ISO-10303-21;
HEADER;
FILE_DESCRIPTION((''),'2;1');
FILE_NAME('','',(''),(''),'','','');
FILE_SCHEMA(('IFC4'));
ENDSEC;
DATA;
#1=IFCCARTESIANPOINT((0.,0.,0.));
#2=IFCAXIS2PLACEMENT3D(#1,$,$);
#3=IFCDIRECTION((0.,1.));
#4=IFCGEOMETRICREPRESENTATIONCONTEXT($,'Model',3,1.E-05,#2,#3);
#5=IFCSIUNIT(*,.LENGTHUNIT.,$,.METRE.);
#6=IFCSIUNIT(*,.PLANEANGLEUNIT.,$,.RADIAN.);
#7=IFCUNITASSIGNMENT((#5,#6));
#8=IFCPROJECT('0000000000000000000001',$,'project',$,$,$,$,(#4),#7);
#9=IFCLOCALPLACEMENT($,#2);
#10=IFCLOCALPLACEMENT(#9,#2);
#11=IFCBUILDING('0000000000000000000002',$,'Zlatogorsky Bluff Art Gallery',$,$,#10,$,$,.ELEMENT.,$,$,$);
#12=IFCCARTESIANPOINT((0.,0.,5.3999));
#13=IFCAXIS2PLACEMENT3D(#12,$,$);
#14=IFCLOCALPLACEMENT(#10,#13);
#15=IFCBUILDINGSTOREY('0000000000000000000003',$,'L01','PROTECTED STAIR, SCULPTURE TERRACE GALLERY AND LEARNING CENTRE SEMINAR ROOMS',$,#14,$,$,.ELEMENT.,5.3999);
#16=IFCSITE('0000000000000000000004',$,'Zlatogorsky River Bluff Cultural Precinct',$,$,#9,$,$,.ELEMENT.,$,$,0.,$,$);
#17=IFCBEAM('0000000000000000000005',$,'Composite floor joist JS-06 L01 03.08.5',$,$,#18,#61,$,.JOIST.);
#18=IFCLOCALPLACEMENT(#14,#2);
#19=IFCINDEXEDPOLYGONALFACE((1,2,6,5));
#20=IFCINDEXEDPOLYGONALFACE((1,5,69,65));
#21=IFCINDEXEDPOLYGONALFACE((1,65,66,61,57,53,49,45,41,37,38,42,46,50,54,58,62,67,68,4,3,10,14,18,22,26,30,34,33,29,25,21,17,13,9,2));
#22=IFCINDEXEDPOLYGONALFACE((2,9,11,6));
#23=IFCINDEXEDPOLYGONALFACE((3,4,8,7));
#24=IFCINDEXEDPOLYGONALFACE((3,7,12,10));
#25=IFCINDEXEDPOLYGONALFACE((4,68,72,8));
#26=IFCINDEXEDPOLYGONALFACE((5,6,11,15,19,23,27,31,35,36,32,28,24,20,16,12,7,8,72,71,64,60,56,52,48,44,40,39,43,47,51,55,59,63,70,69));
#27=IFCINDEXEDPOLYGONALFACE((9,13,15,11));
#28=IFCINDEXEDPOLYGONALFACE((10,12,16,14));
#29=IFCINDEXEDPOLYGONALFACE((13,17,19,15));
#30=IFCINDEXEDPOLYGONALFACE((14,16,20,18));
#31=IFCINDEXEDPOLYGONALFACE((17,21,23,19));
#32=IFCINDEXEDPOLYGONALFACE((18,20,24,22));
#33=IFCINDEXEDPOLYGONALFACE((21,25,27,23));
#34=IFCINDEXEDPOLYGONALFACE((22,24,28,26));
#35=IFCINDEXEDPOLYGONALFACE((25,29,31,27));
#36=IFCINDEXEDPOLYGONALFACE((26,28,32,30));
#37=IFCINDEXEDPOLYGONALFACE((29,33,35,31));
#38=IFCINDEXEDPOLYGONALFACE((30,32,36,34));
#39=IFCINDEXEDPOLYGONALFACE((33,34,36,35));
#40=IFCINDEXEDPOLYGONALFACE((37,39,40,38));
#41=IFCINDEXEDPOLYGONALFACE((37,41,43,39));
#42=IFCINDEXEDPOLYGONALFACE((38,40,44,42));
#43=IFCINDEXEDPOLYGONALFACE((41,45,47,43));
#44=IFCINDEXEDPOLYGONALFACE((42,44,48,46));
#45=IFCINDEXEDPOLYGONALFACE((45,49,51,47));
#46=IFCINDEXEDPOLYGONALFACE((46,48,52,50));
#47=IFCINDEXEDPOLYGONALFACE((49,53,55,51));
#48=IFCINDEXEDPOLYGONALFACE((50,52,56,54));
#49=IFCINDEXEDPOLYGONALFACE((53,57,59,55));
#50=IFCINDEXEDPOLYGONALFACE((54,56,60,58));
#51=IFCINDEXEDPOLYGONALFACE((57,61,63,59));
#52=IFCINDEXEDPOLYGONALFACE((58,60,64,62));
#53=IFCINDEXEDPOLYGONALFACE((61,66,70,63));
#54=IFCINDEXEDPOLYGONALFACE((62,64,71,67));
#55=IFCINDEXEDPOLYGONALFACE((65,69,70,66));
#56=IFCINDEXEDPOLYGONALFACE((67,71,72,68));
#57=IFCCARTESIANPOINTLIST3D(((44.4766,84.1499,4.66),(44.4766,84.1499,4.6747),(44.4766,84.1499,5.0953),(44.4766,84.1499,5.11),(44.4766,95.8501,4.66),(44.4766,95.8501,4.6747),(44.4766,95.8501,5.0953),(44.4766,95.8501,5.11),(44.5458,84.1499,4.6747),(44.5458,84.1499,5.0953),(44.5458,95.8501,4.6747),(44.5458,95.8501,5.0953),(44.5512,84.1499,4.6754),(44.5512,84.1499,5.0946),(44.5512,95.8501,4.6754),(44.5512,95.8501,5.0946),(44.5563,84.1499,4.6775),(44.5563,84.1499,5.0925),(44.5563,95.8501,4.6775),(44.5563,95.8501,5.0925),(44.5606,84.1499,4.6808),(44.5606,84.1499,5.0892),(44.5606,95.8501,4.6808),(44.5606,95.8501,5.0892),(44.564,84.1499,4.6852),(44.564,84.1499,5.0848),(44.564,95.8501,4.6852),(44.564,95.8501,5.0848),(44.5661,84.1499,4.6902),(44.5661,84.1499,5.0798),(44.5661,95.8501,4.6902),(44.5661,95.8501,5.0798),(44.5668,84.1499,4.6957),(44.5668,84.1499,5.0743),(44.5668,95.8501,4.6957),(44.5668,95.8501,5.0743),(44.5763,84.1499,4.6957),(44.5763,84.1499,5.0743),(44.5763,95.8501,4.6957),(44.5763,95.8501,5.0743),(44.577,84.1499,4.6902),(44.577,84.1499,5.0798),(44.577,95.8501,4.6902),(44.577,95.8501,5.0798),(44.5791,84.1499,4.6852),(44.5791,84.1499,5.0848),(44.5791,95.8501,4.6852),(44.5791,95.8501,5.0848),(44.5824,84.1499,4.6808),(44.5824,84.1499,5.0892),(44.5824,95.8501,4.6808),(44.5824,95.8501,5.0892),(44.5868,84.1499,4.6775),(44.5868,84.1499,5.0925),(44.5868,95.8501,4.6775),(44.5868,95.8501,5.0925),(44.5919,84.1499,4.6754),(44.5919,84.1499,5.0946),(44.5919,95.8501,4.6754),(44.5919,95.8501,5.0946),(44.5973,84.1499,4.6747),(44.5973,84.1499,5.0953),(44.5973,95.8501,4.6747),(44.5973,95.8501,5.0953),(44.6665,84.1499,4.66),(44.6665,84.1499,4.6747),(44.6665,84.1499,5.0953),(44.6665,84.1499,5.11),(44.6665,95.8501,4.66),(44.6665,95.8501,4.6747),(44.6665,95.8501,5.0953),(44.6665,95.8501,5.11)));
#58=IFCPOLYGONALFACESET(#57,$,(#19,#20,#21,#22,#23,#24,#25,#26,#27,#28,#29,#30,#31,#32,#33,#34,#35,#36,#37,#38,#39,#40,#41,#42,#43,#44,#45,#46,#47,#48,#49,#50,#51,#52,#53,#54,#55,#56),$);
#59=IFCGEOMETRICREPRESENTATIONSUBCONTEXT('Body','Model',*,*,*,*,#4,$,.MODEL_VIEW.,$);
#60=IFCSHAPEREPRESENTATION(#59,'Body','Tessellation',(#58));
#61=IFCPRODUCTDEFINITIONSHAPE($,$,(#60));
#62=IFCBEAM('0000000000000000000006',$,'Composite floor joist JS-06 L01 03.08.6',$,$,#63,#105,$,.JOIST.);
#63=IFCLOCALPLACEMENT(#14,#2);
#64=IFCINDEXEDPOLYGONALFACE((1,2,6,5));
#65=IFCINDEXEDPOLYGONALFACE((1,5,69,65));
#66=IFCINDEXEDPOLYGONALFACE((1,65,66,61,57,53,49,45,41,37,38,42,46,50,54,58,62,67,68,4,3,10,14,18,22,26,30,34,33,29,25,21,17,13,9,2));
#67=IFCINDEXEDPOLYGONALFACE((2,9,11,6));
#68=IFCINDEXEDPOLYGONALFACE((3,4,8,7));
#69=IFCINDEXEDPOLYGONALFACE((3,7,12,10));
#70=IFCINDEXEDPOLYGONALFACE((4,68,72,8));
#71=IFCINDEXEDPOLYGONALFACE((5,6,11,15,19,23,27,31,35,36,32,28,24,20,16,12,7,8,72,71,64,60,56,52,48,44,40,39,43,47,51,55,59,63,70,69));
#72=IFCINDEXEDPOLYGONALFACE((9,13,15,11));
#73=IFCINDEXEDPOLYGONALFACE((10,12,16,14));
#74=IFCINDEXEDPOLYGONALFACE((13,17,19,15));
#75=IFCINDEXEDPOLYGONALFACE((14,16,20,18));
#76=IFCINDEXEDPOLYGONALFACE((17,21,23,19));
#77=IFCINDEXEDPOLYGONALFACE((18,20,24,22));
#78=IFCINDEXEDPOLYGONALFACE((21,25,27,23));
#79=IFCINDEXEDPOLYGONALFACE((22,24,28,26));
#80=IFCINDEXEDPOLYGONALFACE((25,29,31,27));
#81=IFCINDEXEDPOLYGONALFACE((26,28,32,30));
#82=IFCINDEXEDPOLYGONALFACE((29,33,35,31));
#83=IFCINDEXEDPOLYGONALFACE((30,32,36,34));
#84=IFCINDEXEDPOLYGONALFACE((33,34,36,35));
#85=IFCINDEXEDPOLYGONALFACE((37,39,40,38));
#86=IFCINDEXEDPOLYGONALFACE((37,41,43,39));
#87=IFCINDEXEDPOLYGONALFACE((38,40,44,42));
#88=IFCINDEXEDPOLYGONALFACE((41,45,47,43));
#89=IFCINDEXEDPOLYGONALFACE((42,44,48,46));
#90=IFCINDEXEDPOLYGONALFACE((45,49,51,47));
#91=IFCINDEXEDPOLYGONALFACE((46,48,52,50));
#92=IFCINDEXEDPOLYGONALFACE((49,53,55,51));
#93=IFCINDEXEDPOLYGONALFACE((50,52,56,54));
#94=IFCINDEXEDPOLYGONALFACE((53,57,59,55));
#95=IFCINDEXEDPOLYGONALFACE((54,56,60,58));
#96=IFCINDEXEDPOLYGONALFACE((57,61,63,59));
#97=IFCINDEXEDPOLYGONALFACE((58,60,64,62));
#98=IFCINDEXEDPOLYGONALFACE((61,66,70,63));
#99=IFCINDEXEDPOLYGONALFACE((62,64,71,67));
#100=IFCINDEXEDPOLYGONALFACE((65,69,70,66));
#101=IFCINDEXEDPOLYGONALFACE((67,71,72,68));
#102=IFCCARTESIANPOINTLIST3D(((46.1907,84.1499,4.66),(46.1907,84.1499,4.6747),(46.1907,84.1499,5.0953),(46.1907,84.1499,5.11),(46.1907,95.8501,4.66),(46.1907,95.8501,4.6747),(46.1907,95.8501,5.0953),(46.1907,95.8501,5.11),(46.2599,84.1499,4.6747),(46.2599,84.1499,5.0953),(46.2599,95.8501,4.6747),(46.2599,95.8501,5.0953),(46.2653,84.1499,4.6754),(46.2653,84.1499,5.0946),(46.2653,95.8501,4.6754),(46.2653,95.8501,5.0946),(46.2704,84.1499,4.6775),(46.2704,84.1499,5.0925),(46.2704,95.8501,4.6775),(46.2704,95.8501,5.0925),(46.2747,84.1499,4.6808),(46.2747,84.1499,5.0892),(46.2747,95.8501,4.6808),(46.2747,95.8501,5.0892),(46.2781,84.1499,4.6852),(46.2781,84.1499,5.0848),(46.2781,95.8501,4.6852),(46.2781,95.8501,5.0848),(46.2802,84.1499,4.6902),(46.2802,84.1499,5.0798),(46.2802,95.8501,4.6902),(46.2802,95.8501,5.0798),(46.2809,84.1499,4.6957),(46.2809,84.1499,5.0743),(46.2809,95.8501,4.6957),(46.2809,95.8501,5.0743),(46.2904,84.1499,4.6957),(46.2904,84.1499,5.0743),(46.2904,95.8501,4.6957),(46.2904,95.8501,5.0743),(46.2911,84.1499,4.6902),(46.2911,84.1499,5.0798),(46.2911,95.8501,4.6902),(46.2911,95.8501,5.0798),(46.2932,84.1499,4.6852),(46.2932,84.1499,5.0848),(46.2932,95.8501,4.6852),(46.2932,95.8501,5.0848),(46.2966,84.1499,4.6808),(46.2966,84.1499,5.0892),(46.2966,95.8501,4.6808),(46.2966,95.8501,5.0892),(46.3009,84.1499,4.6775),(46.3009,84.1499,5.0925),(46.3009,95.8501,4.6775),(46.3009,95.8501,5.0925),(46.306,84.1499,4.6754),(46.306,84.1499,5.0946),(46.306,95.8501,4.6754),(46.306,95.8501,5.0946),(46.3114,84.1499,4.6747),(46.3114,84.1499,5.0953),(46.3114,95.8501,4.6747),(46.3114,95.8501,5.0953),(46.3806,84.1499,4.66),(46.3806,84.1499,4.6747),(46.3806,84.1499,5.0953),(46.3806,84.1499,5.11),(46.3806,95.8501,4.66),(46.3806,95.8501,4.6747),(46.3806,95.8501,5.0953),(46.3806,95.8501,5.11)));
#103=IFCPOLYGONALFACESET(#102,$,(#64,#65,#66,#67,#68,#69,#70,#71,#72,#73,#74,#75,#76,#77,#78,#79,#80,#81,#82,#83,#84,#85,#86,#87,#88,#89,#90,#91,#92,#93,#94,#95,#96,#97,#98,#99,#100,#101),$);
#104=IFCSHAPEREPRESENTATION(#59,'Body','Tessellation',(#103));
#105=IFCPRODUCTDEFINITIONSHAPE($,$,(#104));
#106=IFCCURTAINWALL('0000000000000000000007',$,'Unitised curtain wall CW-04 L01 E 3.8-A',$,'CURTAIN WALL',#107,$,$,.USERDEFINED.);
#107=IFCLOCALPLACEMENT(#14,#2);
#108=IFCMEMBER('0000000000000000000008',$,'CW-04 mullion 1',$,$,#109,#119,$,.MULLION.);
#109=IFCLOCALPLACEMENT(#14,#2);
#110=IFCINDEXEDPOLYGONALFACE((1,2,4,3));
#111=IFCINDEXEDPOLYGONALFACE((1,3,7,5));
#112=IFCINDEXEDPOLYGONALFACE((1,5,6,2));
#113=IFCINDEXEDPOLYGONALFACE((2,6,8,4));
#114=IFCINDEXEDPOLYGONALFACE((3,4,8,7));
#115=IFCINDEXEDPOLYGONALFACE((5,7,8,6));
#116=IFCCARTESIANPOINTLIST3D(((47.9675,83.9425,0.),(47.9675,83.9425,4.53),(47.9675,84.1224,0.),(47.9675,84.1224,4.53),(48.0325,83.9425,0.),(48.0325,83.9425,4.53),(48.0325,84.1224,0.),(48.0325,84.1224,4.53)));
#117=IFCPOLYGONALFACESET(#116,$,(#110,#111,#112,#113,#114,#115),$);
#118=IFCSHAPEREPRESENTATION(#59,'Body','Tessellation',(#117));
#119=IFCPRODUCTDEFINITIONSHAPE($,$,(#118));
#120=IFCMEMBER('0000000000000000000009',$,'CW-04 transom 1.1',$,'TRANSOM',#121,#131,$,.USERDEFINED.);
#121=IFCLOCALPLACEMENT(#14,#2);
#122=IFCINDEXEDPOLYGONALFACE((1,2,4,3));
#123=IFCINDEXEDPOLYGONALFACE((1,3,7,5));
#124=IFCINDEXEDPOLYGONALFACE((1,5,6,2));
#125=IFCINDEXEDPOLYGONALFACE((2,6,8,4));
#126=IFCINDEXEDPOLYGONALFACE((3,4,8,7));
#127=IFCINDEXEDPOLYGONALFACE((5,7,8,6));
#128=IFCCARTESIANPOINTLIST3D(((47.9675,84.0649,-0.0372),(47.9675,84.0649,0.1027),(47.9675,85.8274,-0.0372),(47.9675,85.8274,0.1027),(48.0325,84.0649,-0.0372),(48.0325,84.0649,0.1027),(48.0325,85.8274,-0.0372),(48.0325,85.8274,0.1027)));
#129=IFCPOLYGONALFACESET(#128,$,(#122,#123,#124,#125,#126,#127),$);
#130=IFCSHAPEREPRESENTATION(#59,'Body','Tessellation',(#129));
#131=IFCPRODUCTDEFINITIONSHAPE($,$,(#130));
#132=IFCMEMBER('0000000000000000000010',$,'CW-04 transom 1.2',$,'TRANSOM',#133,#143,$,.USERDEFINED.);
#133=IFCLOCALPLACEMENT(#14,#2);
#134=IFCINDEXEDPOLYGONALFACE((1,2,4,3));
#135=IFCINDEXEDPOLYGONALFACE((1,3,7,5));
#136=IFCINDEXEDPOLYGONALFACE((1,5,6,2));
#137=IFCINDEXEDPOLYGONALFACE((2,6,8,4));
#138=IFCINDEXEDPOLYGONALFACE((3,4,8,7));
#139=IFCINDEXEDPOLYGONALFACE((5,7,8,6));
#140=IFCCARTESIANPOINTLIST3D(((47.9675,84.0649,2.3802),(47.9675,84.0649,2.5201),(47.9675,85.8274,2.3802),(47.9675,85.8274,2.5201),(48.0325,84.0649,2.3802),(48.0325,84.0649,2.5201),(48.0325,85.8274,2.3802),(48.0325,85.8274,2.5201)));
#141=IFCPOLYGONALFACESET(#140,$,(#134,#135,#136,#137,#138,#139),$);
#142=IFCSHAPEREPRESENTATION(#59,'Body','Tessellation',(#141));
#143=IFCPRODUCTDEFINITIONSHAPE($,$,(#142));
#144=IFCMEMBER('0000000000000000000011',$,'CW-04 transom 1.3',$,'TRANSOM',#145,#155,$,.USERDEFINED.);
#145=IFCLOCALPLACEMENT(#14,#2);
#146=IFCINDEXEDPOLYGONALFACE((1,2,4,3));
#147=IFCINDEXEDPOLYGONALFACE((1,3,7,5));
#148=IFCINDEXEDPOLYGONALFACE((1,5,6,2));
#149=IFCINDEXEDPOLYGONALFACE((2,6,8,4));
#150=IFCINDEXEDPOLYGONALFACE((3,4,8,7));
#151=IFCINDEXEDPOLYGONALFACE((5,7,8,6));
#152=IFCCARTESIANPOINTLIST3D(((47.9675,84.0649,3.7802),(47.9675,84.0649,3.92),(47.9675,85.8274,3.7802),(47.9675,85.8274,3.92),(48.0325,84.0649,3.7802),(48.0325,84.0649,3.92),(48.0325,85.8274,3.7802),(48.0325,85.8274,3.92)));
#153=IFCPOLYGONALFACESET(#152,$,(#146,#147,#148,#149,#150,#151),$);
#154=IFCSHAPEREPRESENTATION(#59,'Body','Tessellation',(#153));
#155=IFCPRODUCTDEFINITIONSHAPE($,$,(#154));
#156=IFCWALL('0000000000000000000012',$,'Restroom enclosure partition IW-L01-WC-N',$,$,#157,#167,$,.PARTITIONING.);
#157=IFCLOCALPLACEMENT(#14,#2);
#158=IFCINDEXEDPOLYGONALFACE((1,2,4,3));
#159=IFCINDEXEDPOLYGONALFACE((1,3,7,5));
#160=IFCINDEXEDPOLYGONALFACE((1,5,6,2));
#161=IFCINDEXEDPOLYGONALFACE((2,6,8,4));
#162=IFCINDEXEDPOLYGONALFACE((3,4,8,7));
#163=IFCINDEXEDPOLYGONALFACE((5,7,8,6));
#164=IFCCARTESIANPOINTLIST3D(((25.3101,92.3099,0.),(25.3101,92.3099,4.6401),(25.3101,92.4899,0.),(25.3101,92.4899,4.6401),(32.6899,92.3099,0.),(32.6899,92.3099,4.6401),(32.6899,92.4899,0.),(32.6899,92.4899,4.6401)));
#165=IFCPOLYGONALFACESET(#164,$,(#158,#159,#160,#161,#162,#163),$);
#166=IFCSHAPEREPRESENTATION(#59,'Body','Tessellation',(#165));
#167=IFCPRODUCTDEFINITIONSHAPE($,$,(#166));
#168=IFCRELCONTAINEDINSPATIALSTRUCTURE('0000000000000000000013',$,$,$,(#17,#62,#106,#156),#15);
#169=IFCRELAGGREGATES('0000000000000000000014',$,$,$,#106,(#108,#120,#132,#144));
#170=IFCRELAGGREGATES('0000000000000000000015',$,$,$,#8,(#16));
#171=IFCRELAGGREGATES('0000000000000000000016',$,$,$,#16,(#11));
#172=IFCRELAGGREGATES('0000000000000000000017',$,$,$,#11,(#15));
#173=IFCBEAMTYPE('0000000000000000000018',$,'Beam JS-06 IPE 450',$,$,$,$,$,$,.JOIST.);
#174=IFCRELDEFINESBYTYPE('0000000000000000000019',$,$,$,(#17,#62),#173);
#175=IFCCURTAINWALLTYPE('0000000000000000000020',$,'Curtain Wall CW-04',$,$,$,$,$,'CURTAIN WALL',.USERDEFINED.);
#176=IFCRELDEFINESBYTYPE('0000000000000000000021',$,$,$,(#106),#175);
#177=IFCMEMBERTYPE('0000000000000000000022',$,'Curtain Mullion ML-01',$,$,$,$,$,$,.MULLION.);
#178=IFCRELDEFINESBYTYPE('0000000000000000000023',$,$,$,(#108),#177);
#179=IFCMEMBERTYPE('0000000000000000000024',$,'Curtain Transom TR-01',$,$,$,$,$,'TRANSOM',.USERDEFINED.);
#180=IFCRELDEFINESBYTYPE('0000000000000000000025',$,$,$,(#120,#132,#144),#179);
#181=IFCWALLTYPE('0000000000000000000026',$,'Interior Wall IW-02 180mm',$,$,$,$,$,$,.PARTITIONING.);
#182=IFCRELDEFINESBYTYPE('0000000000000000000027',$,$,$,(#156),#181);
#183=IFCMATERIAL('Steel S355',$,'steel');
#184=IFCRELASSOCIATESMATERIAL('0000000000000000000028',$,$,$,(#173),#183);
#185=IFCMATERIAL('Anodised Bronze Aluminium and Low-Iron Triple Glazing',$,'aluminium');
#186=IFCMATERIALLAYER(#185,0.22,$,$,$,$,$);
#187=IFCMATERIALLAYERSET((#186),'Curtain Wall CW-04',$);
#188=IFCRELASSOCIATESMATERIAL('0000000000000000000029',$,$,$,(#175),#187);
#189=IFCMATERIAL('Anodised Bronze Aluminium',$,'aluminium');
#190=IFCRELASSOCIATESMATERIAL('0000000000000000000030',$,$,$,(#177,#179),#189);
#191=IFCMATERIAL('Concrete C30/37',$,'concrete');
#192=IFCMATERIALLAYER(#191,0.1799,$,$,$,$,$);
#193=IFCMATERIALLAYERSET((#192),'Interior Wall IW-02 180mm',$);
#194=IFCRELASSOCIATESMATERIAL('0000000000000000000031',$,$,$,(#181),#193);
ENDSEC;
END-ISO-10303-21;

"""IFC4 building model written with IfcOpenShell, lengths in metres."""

from ifc_helpers import new_model, si_unit, direction, frame, frame_2d, origin, origin_2d, place, context, subcontext, project, spatial, rectangle, i_section, extrude, material, layer, layer_set, material_profile, profile_set, type_object, element, aggregate, save


model = new_model("IFC4")

# Units and contexts
model_context = context("Model", 3, precision=1e-05, world=origin(), true_north=direction((0.0, 1.0)))
body_context = subcontext(model_context, "Body", "Model", "MODEL_VIEW")
ifc_project = project(units=[si_unit("LENGTHUNIT", "METRE"), si_unit("PLANEANGLEUNIT", "RADIAN")], contexts=[model_context])

# Site, building, storey
site_placement = place(None, origin())
site = spatial("IfcSite", under=ifc_project, at=site_placement, Name="Zlatogorsky River Bluff Cultural Precinct", CompositionType="ELEMENT", RefElevation=0.0)
building_placement = place(site_placement, origin())
building = spatial("IfcBuilding", under=site, at=building_placement, Name="Zlatogorsky Bluff Art Gallery", CompositionType="ELEMENT")
storey_placement = place(building_placement, frame((0.0, 0.0, 5.3999)))
storey = spatial("IfcBuildingStorey", under=building, at=storey_placement, Name="L01", Description="PROTECTED STAIR, SCULPTURE TERRACE GALLERY AND LEARNING CENTRE SEMINAR ROOMS", CompositionType="ELEMENT", Elevation=5.3999)

# Beams
ifc_material_1 = material(Name="Steel S355", Category="steel")
ifc_material_profile_1 = material_profile(ifc_material_1, i_section(OverallWidth=0.1899, OverallDepth=0.45, WebThickness=0.0095, FlangeThickness=0.0146, FilletRadius=0.021, at=origin_2d()), Name="IPE 450")
ifc_profile_set_1 = profile_set([ifc_material_profile_1], Name="Steel S355")
beam_type_1 = type_object("IfcBeamType", Name="Beam JS-06 IPE 450", PredefinedType="JOIST", material=ifc_profile_set_1)
for number, where, z_axis, x_axis, name in (
    (1, (44.5715, 84.1499, 4.885), (0.0, 1.0, 0.0), (-1.0, 0.0, 0.0), "Composite floor joist JS-06 L01 03.08.5"),
    (2, (46.2856, 84.1499, 4.885), (0.0, 1.0, 0.0), (-1.0, 0.0, 0.0), "Composite floor joist JS-06 L01 03.08.6"),
):
    element("IfcBeam", number, at=place(storey_placement, frame(where, z_axis=z_axis, x_axis=x_axis)), inside=storey, type_object=beam_type_1, Name=name, PredefinedType="JOIST", context=body_context, shape_type="SweptSolid", body=[
        extrude(i_section(OverallWidth=0.1899, OverallDepth=0.45, WebThickness=0.0095, FlangeThickness=0.0146, FilletRadius=0.021, at=origin_2d()), origin(), (0.0, 0.0, 1.0), 11.7002),
    ])

# Curtain wall, members
ifc_material_2 = material(Name="Anodised Bronze Aluminium and Low-Iron Triple Glazing", Category="aluminium")
ifc_layer_1 = layer(ifc_material_2, 0.22)
ifc_layer_set_1 = layer_set([ifc_layer_1], Name="Curtain Wall CW-04")
curtain_wall_type = type_object("IfcCurtainWallType", Name="Curtain Wall CW-04", ElementType="CURTAIN WALL", PredefinedType="USERDEFINED", material=ifc_layer_set_1)
curtain_wall_placement = place(storey_placement, origin())
curtain_wall = element("IfcCurtainWall", 3, at=curtain_wall_placement, inside=storey, type_object=curtain_wall_type, Name="Unitised curtain wall CW-04 L01 E 3.8-A", ObjectType="CURTAIN WALL", PredefinedType="USERDEFINED")
ifc_material_3 = material(Name="Anodised Bronze Aluminium", Category="aluminium")
ifc_material_profile_2 = material_profile(ifc_material_3, rectangle(XDim=0.0649, YDim=0.1799, at=origin_2d()), Name="ALU MULLION 65x180")
ifc_profile_set_2 = profile_set([ifc_material_profile_2], Name="Anodised Bronze Aluminium")
member_type_1 = type_object("IfcMemberType", Name="Curtain Mullion ML-01", PredefinedType="MULLION", material=ifc_profile_set_2)
member_1_placement = place(storey_placement, frame((48.0, 84.0325, 0.0), z_axis=(0.0, 0.0, 1.0), x_axis=(-1.0, 0.0, 0.0)))
member_1 = element("IfcMember", 4, at=member_1_placement, type_object=member_type_1, Name="CW-04 mullion 1", PredefinedType="MULLION", context=body_context, shape_type="SweptSolid", body=[
    extrude(rectangle(XDim=0.0649, YDim=0.1799, at=origin_2d()), origin(), (0.0, 0.0, 1.0), 4.53),
])
ifc_material_profile_3 = material_profile(ifc_material_3, rectangle(XDim=0.0649, YDim=0.1399, at=origin_2d()), Name="ALU TRANSOM 65x140")
ifc_profile_set_3 = profile_set([ifc_material_profile_3], Name="Anodised Bronze Aluminium")
member_type_2 = type_object("IfcMemberType", Name="Curtain Transom TR-01", ElementType="TRANSOM", PredefinedType="USERDEFINED", material=ifc_profile_set_3)
member_2_placement = place(storey_placement, frame((48.0, 84.0649, 0.0327), z_axis=(0.0, 1.0, 0.0), x_axis=(-1.0, 0.0, 0.0)))
member_2 = element("IfcMember", 5, at=member_2_placement, type_object=member_type_2, Name="CW-04 transom 1.1", ObjectType="TRANSOM", PredefinedType="USERDEFINED", context=body_context, shape_type="SweptSolid", body=[
    extrude(rectangle(XDim=0.0649, YDim=0.1399, at=origin_2d()), origin(), (0.0, 0.0, 1.0), 1.7625),
])
member_3_placement = place(storey_placement, frame((48.0, 84.0649, 2.4502), z_axis=(0.0, 1.0, 0.0), x_axis=(-1.0, 0.0, 0.0)))
member_3 = element("IfcMember", 6, at=member_3_placement, type_object=member_type_2, Name="CW-04 transom 1.2", ObjectType="TRANSOM", PredefinedType="USERDEFINED", context=body_context, shape_type="SweptSolid", body=[
    extrude(rectangle(XDim=0.0649, YDim=0.1399, at=origin_2d()), origin(), (0.0, 0.0, 1.0), 1.7625),
])
member_4_placement = place(storey_placement, frame((48.0, 84.0649, 3.8501), z_axis=(0.0, 1.0, 0.0), x_axis=(-1.0, 0.0, 0.0)))
member_4 = element("IfcMember", 7, at=member_4_placement, type_object=member_type_2, Name="CW-04 transom 1.3", ObjectType="TRANSOM", PredefinedType="USERDEFINED", context=body_context, shape_type="SweptSolid", body=[
    extrude(rectangle(XDim=0.0649, YDim=0.1399, at=origin_2d()), origin(), (0.0, 0.0, 1.0), 1.7625),
])
aggregate(curtain_wall, [member_1, member_2, member_3, member_4])

# Wall
ifc_material_4 = material(Name="Concrete C30/37", Category="concrete")
ifc_layer_2 = layer(ifc_material_4, 0.1799)
ifc_layer_set_2 = layer_set([ifc_layer_2], Name="Interior Wall IW-02 180mm")
wall_type = type_object("IfcWallType", Name="Interior Wall IW-02 180mm", PredefinedType="PARTITIONING", material=ifc_layer_set_2)
wall_1_placement = place(storey_placement, frame((25.3101, 92.3999, 0.0), z_axis=(0.0, 0.0, 1.0), x_axis=(1.0, 0.0, 0.0)))
element("IfcWall", 8, at=wall_1_placement, inside=storey, type_object=wall_type, Name="Restroom enclosure partition IW-L01-WC-N", PredefinedType="PARTITIONING", context=body_context, shape_type="SweptSolid", body=[
    extrude(rectangle(XDim=7.3799, YDim=0.1799, at=frame_2d((3.6899, 0.0))), origin(), (0.0, 0.0, 1.0), 4.6401),
])

save(model, "model.ifc")
